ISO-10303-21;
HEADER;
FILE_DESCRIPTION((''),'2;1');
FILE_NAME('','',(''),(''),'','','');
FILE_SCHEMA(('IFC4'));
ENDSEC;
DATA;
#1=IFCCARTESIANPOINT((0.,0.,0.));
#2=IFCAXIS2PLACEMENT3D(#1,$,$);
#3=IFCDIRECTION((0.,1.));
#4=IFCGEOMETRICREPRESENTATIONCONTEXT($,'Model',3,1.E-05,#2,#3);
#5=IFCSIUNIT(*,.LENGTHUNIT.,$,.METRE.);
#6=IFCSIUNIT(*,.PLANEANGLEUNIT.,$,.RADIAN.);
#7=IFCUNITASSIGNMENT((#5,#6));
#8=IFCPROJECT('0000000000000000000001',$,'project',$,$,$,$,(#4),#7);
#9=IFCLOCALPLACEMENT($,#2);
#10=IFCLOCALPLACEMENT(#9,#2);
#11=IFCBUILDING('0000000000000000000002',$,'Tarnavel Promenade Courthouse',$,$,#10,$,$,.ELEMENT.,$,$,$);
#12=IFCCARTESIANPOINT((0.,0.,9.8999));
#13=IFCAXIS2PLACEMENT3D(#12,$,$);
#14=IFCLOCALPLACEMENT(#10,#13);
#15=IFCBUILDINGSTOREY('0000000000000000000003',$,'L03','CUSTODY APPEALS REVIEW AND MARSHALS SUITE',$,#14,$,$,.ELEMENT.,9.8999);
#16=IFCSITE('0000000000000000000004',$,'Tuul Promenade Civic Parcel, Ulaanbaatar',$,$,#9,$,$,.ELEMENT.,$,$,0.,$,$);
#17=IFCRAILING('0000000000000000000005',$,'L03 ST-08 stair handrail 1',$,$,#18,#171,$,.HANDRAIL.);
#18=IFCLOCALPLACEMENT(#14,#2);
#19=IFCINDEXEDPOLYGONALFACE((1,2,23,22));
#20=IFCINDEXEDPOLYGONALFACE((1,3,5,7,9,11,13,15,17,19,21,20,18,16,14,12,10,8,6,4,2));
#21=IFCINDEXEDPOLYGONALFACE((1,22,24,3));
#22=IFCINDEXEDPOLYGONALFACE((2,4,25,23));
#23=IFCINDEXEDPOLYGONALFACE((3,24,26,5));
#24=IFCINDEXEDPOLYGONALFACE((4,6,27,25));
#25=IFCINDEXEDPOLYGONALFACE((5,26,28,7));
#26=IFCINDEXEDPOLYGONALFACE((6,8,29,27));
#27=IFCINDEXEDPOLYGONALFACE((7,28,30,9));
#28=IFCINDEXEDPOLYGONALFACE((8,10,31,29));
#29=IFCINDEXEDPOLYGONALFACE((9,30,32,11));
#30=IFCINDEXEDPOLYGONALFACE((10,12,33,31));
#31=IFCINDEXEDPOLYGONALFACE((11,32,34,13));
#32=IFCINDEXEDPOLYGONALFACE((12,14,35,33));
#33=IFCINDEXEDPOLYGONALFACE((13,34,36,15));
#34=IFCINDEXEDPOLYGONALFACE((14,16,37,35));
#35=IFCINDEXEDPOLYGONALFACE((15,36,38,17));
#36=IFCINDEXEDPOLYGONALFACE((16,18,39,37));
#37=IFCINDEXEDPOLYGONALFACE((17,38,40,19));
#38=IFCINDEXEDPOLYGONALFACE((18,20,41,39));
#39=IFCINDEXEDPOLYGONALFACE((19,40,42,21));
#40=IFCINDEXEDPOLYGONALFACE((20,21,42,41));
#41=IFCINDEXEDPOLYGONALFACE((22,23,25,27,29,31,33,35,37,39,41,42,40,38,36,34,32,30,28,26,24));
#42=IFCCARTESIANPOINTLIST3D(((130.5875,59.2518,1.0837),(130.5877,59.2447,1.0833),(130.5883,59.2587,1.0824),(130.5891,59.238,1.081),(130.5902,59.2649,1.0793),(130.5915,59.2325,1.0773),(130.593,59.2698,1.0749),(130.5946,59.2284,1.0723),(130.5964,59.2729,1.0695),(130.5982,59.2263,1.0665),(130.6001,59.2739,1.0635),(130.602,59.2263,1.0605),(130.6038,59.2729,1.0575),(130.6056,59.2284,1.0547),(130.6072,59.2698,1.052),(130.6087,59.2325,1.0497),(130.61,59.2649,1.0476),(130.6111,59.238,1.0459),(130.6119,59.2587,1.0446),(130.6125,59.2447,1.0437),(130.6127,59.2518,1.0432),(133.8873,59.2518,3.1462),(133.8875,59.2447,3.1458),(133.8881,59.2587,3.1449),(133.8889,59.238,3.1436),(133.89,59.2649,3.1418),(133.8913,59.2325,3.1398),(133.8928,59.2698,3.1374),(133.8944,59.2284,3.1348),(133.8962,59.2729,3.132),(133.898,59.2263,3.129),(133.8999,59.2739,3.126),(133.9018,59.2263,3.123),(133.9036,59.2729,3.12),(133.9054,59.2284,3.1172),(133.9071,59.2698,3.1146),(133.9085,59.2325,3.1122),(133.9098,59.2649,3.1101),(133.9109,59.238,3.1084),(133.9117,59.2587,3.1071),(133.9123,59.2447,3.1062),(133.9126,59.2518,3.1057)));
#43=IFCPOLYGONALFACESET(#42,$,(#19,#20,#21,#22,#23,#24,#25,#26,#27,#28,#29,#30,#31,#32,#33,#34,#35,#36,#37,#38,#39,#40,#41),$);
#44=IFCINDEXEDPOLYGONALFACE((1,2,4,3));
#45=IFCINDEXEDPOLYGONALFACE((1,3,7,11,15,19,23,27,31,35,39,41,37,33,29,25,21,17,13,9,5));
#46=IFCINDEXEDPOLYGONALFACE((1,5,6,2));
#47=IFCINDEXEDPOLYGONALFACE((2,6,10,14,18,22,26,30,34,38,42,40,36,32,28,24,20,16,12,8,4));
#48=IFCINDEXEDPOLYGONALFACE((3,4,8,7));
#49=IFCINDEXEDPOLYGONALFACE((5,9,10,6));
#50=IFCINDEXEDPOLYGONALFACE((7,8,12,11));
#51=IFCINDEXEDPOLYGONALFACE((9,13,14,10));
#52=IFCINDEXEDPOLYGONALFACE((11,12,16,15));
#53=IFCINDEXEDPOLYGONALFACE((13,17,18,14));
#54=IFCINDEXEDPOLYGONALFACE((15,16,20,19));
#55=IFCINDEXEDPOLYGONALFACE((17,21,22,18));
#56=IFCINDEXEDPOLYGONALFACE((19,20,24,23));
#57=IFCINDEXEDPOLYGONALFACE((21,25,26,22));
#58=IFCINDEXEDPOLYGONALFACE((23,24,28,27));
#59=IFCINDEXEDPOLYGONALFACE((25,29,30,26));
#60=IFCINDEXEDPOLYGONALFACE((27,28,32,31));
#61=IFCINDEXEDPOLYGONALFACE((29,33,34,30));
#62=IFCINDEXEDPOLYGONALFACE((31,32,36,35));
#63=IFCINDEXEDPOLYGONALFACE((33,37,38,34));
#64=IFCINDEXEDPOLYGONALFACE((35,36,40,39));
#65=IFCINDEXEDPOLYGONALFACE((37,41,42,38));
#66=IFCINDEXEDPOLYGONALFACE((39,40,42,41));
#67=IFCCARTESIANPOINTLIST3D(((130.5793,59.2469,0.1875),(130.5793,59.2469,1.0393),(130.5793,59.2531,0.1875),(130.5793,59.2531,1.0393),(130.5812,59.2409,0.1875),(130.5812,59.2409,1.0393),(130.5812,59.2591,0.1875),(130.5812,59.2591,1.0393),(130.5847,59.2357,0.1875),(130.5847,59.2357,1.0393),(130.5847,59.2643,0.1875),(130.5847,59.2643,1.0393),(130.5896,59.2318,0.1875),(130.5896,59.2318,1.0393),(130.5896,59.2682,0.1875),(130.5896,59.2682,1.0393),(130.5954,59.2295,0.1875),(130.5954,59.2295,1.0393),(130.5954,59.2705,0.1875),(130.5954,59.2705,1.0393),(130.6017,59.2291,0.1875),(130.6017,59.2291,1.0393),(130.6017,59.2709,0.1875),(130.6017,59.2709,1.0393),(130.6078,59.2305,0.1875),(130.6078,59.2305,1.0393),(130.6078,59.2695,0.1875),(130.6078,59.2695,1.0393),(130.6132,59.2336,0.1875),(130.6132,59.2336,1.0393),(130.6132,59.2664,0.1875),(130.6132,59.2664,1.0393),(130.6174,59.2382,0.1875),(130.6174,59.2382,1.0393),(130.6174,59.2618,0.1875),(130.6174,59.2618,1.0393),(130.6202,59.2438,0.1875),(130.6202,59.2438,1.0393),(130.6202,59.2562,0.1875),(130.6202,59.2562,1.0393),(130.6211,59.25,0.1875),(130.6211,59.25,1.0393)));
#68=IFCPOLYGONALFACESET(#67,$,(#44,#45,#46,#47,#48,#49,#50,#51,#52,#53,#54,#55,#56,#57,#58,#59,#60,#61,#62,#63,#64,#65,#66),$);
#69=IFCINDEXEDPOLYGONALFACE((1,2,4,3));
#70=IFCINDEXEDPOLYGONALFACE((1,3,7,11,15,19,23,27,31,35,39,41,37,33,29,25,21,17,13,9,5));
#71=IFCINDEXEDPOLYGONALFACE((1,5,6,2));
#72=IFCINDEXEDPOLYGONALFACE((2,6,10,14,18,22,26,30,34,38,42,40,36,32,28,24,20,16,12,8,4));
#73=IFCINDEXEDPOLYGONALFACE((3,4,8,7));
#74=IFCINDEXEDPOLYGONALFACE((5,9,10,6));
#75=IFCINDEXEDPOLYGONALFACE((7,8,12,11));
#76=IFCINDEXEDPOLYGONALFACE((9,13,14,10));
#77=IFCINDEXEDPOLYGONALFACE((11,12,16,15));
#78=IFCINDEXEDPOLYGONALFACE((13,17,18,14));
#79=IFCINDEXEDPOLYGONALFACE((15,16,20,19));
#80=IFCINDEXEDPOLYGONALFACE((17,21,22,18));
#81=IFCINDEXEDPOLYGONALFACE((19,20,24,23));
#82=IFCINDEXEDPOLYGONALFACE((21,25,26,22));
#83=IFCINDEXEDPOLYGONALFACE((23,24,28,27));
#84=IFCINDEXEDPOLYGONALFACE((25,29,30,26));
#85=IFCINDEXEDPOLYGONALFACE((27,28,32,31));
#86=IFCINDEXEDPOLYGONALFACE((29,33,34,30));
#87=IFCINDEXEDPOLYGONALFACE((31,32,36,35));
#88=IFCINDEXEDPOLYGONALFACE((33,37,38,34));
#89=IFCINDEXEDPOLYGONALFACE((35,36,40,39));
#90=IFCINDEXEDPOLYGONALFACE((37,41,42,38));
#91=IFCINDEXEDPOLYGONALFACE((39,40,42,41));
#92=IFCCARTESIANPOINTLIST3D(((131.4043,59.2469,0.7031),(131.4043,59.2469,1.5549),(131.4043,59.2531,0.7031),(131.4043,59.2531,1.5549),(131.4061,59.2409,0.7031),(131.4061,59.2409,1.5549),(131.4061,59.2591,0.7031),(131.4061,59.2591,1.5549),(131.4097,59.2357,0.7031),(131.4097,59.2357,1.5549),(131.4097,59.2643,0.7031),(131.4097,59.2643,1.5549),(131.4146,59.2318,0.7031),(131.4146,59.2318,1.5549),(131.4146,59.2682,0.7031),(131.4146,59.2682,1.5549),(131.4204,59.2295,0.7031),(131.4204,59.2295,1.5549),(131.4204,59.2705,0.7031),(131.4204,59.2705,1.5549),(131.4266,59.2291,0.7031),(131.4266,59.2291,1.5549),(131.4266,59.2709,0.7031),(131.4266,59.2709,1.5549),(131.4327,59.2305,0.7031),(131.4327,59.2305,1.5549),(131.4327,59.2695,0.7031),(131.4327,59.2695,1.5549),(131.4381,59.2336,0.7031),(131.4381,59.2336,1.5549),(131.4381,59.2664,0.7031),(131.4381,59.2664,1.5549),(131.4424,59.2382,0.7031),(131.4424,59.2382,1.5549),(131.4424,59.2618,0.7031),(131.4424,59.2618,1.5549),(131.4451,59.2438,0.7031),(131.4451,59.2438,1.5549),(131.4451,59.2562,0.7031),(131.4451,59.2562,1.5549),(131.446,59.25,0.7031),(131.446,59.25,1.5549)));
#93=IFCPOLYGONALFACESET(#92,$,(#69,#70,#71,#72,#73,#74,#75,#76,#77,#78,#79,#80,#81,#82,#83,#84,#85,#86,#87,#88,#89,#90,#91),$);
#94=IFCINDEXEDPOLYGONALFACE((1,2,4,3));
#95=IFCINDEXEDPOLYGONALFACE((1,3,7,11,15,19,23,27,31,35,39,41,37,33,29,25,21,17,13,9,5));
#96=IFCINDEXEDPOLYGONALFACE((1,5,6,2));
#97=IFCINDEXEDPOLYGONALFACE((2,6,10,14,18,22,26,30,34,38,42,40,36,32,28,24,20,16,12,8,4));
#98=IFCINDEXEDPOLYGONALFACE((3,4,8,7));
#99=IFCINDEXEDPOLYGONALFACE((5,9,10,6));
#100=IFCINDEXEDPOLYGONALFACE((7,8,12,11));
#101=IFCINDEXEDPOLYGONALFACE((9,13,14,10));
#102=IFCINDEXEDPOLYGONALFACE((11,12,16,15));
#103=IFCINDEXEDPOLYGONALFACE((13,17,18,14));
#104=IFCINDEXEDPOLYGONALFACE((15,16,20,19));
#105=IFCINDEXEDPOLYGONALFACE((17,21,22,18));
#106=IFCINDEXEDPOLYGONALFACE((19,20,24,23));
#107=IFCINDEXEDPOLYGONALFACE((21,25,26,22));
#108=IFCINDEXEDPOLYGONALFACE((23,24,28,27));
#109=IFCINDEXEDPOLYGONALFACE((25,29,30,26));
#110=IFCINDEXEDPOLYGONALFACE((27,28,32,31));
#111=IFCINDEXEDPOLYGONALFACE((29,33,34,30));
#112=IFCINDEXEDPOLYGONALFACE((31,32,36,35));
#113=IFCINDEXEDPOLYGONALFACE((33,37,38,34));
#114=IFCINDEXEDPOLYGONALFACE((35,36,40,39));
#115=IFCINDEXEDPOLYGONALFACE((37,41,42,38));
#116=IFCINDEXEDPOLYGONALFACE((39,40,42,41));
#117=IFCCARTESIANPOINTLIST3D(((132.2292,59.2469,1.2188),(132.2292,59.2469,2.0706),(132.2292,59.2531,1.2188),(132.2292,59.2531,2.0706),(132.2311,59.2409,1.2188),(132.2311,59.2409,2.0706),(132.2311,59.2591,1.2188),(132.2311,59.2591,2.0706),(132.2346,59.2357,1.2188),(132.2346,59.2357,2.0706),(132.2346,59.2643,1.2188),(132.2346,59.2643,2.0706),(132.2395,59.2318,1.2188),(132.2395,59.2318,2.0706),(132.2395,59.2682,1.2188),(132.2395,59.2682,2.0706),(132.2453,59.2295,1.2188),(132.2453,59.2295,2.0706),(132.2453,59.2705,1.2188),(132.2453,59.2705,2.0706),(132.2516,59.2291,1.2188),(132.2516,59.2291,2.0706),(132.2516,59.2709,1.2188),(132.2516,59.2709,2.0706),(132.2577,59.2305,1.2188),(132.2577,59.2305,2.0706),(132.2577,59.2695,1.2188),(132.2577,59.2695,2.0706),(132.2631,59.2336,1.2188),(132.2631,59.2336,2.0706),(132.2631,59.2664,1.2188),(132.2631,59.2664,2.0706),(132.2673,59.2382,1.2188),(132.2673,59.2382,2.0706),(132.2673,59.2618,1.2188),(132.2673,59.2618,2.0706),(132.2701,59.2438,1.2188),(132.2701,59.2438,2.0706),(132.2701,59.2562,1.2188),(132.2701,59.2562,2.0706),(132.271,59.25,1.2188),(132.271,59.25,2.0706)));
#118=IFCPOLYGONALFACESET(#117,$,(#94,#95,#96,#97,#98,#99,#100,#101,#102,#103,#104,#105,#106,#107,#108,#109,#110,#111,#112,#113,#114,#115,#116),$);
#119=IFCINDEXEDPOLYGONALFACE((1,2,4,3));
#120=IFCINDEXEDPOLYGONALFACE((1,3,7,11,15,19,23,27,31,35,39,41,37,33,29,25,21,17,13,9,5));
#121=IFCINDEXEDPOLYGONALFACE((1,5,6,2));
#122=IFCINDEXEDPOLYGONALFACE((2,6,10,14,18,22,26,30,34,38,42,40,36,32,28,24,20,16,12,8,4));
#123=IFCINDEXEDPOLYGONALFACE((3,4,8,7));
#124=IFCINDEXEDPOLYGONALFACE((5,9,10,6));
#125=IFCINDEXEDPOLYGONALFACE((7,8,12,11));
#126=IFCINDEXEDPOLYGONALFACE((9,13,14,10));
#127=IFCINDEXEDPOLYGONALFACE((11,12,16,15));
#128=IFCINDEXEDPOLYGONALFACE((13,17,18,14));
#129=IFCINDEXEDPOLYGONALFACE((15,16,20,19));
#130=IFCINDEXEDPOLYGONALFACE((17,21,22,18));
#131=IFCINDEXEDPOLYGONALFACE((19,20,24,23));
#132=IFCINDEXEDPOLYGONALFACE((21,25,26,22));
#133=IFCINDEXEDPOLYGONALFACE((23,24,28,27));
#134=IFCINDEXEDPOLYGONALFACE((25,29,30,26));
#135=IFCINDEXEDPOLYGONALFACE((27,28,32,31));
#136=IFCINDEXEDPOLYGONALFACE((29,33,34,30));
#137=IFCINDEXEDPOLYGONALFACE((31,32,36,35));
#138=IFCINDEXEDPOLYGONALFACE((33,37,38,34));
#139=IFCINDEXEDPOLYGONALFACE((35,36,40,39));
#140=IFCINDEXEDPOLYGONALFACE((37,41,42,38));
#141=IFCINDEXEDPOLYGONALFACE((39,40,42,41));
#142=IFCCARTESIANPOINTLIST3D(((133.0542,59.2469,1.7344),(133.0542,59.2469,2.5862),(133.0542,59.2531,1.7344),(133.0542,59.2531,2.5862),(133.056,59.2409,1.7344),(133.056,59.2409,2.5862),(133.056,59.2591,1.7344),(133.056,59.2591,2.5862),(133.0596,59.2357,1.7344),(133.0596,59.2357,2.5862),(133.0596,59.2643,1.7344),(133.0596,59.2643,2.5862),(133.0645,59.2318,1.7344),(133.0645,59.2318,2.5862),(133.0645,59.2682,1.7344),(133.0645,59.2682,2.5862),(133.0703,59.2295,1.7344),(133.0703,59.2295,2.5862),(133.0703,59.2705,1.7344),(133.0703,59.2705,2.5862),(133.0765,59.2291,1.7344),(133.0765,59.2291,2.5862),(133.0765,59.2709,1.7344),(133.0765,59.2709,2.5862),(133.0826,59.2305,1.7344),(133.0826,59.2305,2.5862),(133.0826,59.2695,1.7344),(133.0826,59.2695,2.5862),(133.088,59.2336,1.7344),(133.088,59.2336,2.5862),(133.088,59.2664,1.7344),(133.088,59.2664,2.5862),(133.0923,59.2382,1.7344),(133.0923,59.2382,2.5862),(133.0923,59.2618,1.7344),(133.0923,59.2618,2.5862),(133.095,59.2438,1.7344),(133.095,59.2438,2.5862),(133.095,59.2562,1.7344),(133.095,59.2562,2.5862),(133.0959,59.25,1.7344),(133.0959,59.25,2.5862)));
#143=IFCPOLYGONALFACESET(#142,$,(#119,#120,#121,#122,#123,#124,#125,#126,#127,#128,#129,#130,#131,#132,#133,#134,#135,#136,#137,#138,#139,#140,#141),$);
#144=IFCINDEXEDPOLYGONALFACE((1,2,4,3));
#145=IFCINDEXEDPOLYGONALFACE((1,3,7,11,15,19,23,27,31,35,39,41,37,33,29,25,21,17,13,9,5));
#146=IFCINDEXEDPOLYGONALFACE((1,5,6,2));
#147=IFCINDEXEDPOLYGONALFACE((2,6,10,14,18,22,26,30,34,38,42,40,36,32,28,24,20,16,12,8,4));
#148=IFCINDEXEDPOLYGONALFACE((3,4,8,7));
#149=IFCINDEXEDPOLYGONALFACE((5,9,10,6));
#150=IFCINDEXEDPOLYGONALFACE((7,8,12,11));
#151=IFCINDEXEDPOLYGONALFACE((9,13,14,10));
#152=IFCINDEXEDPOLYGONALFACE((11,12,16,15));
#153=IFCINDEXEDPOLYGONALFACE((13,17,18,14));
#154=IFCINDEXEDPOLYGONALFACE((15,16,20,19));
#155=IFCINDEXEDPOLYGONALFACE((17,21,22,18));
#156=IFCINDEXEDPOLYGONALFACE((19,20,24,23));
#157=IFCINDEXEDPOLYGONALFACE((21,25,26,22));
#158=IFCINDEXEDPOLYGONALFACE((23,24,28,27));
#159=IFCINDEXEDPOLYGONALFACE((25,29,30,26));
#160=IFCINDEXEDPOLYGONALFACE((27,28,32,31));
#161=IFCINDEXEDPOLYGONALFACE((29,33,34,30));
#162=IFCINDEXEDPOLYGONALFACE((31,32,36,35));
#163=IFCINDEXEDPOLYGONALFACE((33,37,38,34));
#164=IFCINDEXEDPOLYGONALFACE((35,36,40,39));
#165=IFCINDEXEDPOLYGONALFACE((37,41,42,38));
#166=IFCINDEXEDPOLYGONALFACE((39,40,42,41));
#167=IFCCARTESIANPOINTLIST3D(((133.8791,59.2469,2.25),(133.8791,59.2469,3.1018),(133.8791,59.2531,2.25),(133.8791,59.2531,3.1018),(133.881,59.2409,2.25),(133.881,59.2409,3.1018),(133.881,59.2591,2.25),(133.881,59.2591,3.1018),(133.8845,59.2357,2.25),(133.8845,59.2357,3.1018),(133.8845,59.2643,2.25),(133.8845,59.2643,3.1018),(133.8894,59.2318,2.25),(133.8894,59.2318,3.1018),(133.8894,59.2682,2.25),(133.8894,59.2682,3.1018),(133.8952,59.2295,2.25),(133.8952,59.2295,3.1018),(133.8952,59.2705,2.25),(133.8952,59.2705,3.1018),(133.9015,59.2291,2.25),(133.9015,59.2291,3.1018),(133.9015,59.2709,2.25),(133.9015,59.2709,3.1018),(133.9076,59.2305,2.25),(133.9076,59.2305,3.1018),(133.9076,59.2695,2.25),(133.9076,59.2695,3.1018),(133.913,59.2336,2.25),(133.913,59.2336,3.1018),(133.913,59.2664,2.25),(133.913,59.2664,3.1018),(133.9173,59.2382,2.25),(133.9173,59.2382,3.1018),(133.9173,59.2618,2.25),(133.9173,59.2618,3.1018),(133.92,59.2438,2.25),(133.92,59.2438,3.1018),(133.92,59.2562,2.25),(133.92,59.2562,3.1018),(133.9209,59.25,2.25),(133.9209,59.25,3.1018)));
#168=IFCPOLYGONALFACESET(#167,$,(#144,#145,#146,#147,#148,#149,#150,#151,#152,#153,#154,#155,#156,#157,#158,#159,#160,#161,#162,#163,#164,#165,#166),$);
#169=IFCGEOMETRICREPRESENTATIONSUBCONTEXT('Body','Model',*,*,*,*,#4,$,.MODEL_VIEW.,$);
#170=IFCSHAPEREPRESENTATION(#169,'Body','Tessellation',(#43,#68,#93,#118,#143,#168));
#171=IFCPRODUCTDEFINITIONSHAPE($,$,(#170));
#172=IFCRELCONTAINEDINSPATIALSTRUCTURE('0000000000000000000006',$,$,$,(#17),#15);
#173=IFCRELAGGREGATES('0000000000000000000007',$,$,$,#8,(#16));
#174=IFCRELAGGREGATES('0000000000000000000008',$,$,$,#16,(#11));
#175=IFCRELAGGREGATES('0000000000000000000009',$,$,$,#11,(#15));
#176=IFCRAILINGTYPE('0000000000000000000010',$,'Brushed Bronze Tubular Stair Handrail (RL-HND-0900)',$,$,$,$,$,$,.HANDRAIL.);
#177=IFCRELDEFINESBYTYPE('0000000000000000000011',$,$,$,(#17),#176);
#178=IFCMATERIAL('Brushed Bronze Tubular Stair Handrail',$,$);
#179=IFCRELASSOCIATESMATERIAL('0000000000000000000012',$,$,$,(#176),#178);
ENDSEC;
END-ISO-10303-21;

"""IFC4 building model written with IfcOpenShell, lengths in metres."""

from ifc_helpers import new_model, si_unit, direction, frame, origin, origin_2d, place, context, subcontext, project, spatial, circle, extrude, material, type_object, element, save


model = new_model("IFC4")

# Units and contexts
model_context = context("Model", 3, precision=1e-05, world=origin(), true_north=direction((0.0, 1.0)))
body_context = subcontext(model_context, "Body", "Model", "MODEL_VIEW")
ifc_project = project(units=[si_unit("LENGTHUNIT", "METRE"), si_unit("PLANEANGLEUNIT", "RADIAN")], contexts=[model_context])

# Site, building, storey
site_placement = place(None, origin())
site = spatial("IfcSite", under=ifc_project, at=site_placement, Name="Tuul Promenade Civic Parcel, Ulaanbaatar", CompositionType="ELEMENT", RefElevation=0.0)
building_placement = place(site_placement, origin())
building = spatial("IfcBuilding", under=site, at=building_placement, Name="Tarnavel Promenade Courthouse", CompositionType="ELEMENT")
storey_placement = place(building_placement, frame((0.0, 0.0, 9.8999)))
storey = spatial("IfcBuildingStorey", under=building, at=storey_placement, Name="L03", Description="CUSTODY APPEALS REVIEW AND MARSHALS SUITE", CompositionType="ELEMENT", Elevation=9.8999)

# Railing
ifc_material_1 = material(Name="Brushed Bronze Tubular Stair Handrail")
railing_type_1 = type_object("IfcRailingType", Name="Brushed Bronze Tubular Stair Handrail (RL-HND-0900)", PredefinedType="HANDRAIL", material=ifc_material_1)
railing_1_placement = place(storey_placement, frame((130.6001, 59.25, 0.1875)))
element("IfcRailing", 1, at=railing_1_placement, inside=storey, type_object=railing_type_1, Name="L03 ST-08 stair handrail 1", PredefinedType="HANDRAIL", context=body_context, shape_type="SweptSolid", body=[
    extrude(circle(Radius=0.0239, at=origin_2d()), frame((0.0, 0.0, 0.876), z_axis=(0.847984, 0.0, 0.530021), x_axis=(0.0, 1.0, 0.0)), (0.0, 0.0, 1.0), 3.8914),
    extrude(circle(Radius=0.021, at=origin_2d()), origin(), (0.0, 0.0, 1.0), 0.8518),
    extrude(circle(Radius=0.021, at=origin_2d()), frame((0.825, 0.0, 0.5156)), (0.0, 0.0, 1.0), 0.8518),
    extrude(circle(Radius=0.021, at=origin_2d()), frame((1.6499, 0.0, 1.0312)), (0.0, 0.0, 1.0), 0.8518),
    extrude(circle(Radius=0.021, at=origin_2d()), frame((2.4749, 0.0, 1.5469)), (0.0, 0.0, 1.0), 0.8518),
    extrude(circle(Radius=0.021, at=origin_2d()), frame((3.2998, 0.0, 2.0625)), (0.0, 0.0, 1.0), 0.8518),
])

save(model, "model.ifc")
